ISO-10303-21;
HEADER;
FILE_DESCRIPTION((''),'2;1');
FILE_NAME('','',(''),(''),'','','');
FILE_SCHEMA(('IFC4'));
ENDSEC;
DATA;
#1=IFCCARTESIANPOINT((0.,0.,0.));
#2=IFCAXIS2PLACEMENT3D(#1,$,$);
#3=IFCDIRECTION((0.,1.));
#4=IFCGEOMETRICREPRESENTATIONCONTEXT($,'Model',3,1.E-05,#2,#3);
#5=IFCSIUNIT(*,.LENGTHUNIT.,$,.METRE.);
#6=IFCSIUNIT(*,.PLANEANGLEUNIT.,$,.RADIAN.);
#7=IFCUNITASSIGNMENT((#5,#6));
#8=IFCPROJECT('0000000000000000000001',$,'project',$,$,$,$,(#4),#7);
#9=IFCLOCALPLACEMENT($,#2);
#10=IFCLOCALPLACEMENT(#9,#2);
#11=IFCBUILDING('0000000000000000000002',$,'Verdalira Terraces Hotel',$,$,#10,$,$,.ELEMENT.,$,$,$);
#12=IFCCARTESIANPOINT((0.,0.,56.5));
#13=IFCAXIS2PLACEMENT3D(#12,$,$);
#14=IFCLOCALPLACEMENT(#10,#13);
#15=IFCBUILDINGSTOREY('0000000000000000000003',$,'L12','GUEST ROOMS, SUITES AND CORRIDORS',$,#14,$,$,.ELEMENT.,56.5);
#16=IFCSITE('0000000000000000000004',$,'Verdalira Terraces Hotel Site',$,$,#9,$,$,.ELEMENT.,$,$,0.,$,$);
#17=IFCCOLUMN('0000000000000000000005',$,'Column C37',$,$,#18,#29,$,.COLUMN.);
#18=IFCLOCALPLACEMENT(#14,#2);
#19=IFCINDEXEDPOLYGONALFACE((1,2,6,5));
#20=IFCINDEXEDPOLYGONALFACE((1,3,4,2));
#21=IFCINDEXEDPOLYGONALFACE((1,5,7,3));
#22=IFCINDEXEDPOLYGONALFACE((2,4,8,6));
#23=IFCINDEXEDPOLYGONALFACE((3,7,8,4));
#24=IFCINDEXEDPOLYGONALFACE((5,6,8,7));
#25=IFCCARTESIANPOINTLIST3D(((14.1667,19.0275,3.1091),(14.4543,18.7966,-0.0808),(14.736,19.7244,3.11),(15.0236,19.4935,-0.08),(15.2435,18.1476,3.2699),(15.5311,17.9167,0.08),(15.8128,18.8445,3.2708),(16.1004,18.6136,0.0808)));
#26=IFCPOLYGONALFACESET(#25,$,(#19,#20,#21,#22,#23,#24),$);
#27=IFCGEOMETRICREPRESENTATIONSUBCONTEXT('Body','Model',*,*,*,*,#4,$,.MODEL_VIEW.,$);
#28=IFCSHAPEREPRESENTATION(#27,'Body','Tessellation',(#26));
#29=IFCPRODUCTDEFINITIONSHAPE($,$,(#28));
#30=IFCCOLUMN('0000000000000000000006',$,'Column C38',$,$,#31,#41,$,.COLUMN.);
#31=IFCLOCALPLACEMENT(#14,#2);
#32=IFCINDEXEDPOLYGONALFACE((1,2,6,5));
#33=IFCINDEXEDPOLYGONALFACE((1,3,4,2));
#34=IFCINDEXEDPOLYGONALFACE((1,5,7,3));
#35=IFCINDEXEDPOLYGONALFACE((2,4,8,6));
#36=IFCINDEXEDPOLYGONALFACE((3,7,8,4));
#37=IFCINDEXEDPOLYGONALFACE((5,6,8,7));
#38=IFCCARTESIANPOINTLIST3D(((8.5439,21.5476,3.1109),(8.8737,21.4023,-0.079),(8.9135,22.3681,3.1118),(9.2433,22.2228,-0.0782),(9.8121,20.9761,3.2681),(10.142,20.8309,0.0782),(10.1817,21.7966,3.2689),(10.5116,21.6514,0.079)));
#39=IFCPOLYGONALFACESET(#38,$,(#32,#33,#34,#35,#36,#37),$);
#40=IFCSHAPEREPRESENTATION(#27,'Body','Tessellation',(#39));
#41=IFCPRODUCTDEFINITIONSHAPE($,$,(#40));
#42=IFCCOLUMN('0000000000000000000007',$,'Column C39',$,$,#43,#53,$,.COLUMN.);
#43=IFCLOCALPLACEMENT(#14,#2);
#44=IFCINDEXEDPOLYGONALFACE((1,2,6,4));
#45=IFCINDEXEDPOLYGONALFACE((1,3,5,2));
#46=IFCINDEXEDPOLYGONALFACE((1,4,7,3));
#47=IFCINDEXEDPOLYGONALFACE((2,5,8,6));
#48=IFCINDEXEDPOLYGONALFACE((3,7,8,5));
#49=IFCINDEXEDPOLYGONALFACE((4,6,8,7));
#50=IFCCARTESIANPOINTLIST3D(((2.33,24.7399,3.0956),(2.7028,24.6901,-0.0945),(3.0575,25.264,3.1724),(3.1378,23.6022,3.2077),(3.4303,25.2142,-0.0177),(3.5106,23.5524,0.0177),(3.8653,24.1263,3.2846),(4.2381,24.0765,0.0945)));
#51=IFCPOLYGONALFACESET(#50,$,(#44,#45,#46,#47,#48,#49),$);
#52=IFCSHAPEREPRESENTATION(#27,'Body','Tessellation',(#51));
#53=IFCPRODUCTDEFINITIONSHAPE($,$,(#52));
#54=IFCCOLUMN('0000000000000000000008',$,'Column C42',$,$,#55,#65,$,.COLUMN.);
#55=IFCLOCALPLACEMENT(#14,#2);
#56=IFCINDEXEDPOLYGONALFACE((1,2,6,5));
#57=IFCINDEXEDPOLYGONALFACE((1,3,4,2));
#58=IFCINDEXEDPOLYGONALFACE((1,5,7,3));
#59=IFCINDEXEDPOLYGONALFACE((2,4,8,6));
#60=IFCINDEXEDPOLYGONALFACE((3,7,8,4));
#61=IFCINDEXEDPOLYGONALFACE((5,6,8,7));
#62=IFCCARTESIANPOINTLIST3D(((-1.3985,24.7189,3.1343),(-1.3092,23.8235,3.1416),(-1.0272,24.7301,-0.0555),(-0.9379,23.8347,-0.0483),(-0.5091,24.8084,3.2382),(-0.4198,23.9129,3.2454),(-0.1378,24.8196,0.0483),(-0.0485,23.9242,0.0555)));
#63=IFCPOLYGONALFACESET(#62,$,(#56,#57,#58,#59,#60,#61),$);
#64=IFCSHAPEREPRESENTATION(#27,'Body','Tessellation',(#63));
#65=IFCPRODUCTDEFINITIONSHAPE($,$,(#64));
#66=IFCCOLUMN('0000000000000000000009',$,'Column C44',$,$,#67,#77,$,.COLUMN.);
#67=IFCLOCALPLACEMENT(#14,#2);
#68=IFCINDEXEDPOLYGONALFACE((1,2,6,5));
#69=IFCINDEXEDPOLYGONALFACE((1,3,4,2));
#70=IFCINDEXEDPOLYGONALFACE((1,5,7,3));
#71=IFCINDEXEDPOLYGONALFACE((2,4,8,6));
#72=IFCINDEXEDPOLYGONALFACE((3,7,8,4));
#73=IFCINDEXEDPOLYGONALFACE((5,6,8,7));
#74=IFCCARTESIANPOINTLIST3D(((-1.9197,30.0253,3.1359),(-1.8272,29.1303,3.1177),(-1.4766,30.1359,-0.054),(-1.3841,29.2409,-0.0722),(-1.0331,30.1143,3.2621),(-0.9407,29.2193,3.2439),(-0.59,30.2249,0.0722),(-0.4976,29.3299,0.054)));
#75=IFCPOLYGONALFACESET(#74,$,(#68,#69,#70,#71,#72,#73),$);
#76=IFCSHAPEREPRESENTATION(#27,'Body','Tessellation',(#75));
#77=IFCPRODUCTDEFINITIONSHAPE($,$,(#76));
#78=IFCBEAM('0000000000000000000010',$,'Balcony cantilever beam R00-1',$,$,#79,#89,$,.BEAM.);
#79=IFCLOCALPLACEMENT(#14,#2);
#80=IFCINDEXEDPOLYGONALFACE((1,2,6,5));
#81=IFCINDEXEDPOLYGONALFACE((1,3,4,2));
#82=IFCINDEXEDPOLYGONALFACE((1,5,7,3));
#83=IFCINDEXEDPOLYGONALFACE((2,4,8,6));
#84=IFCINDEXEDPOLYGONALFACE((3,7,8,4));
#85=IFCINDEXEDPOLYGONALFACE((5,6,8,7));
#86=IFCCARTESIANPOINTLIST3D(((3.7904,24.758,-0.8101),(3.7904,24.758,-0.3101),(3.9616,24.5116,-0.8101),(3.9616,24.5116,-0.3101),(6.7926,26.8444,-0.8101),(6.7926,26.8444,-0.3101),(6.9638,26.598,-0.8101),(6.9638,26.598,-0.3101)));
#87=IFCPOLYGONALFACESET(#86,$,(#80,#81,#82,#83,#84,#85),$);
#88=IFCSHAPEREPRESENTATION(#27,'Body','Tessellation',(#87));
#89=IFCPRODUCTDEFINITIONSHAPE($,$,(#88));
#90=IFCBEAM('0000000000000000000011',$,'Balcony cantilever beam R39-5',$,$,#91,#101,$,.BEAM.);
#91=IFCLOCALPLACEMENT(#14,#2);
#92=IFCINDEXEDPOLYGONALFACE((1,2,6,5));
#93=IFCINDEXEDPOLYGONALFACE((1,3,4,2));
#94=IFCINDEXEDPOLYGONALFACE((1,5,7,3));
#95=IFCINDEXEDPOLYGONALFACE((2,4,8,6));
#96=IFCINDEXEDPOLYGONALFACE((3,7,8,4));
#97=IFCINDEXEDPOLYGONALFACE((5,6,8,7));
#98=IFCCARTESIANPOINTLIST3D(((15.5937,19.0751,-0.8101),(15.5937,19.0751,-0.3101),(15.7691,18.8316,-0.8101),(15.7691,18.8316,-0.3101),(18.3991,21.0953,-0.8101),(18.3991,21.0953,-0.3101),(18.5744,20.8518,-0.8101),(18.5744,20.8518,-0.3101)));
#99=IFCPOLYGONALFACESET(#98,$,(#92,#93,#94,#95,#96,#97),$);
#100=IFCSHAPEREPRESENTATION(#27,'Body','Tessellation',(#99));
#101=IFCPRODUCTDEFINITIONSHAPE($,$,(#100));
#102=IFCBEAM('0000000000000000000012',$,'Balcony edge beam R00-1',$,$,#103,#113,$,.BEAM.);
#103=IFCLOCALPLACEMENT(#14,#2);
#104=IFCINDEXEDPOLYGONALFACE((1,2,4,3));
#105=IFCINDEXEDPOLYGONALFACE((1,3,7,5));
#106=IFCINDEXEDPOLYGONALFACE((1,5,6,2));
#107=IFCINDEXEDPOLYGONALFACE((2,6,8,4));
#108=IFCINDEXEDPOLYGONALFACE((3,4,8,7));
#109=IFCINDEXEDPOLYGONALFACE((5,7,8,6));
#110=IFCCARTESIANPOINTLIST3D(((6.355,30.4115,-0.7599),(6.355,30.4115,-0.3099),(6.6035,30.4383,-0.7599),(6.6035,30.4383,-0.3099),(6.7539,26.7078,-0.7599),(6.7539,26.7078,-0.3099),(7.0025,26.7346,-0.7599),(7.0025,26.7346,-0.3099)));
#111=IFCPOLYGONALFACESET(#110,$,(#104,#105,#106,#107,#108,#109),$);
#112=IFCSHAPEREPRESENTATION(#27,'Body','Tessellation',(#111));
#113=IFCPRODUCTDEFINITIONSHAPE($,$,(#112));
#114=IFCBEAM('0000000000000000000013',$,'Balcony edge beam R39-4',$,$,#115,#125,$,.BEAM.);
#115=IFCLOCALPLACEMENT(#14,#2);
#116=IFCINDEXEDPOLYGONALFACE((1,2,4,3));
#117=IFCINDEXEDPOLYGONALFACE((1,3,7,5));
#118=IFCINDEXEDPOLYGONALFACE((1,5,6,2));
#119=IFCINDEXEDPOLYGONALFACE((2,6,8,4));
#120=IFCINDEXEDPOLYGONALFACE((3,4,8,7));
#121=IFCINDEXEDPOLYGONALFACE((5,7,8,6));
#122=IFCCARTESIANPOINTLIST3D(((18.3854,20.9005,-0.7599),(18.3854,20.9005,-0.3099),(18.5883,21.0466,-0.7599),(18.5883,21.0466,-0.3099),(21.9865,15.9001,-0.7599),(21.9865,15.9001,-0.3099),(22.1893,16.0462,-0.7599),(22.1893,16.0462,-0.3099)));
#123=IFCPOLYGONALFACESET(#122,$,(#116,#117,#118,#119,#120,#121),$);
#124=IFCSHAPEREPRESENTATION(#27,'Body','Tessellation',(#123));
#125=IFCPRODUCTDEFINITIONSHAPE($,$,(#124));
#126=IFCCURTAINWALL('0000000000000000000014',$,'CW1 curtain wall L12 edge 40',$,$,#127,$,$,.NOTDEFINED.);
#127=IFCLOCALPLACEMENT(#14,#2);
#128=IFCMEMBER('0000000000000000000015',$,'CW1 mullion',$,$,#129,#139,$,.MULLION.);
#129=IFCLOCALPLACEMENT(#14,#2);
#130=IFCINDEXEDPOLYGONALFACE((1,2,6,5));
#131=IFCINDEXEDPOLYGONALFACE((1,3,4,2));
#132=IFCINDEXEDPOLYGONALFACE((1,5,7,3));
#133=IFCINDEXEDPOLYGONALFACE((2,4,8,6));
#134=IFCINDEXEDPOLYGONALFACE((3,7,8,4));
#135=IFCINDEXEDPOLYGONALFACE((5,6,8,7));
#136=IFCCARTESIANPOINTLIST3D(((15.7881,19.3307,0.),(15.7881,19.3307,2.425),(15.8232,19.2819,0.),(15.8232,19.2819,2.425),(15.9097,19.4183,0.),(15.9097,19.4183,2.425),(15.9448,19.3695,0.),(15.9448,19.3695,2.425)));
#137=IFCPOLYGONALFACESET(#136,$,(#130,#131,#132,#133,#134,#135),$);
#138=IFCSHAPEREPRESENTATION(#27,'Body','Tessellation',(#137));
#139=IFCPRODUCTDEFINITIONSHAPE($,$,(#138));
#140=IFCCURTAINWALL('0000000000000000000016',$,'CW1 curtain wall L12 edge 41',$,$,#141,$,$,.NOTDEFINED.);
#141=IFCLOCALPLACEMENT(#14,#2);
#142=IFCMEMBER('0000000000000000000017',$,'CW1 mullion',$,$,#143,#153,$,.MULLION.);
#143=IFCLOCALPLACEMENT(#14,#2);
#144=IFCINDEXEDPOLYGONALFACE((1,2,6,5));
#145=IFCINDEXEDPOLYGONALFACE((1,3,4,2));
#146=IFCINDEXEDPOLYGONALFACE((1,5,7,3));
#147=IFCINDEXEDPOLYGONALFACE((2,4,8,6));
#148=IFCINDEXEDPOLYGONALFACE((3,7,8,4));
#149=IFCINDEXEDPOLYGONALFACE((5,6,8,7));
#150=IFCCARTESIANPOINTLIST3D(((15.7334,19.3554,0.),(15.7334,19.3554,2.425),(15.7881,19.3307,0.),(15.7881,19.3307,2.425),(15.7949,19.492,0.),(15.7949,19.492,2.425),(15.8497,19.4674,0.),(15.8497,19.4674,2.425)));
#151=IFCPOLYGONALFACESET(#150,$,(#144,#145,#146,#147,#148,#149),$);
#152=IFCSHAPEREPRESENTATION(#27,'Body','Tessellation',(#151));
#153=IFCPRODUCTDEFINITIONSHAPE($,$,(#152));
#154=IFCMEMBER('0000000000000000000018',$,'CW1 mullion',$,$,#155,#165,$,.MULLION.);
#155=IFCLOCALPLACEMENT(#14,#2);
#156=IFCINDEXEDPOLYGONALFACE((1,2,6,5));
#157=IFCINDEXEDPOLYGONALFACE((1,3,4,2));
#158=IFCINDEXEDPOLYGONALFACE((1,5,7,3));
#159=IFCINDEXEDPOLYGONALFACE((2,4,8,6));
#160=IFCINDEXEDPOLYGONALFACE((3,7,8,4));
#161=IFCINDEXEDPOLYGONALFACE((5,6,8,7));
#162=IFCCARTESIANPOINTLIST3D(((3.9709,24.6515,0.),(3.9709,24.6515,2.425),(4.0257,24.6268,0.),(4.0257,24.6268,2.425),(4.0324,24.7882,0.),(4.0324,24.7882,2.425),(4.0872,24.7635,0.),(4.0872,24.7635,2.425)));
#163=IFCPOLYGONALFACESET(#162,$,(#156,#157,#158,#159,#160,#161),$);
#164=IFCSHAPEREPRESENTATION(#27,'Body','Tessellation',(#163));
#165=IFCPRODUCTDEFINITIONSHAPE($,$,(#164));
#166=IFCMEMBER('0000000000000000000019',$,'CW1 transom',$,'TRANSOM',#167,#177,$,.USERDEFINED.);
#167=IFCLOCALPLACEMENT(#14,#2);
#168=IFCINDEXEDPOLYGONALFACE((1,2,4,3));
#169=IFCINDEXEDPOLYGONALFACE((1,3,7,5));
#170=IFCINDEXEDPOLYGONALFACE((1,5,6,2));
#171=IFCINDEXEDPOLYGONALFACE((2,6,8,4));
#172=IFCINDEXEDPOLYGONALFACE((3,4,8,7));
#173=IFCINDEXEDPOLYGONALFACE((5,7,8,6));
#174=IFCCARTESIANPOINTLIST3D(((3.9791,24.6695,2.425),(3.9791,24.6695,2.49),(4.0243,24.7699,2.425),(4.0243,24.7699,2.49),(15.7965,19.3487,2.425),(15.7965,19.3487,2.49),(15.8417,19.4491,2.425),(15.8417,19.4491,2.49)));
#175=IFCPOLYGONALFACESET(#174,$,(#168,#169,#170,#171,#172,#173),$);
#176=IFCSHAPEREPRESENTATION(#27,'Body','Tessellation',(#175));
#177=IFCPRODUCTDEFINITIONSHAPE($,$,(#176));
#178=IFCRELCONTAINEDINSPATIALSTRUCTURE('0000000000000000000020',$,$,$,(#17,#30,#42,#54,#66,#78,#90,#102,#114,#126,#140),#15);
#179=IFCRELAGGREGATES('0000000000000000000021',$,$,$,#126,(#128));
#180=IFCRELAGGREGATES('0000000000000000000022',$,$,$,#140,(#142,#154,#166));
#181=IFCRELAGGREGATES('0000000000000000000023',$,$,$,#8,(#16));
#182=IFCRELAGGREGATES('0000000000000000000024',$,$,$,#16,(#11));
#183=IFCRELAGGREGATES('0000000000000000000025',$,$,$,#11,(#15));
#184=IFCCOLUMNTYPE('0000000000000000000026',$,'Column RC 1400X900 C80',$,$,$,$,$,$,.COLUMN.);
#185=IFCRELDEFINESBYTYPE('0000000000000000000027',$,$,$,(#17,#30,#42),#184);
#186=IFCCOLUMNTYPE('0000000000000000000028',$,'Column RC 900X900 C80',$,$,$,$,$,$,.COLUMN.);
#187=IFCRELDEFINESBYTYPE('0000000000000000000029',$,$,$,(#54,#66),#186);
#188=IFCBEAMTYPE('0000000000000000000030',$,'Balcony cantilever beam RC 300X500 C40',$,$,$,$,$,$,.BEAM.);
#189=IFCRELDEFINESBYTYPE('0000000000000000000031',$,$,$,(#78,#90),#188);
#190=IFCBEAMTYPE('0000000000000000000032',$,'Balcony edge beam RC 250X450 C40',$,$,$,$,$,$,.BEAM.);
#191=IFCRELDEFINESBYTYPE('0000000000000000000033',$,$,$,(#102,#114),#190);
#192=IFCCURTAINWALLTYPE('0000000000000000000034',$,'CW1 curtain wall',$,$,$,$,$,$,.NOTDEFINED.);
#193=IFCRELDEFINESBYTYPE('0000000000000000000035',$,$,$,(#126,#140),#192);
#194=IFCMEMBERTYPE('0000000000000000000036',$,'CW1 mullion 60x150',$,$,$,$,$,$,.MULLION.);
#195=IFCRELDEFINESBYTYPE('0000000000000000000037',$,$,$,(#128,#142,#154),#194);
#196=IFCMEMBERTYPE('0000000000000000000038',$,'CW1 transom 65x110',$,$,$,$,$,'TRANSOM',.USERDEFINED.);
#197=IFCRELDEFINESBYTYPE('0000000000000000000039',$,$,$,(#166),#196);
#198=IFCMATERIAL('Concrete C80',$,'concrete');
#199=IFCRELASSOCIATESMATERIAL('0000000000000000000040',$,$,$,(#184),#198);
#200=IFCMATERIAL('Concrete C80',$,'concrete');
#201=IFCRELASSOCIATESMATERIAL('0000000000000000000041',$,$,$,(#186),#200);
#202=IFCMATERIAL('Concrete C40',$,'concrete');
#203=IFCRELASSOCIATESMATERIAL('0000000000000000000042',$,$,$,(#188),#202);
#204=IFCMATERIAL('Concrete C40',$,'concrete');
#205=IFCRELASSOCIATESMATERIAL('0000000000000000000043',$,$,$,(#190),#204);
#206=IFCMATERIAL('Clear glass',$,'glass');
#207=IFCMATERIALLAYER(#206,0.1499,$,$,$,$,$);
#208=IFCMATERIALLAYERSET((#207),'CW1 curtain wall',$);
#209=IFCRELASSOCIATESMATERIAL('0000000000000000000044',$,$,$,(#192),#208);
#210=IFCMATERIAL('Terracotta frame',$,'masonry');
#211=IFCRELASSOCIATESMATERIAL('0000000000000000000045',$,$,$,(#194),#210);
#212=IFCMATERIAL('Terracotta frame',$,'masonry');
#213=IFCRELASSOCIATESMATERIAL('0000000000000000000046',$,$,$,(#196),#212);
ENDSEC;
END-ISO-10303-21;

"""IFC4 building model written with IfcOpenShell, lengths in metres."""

from ifc_helpers import new_model, si_unit, direction, frame, origin, origin_2d, place, context, subcontext, project, spatial, rectangle, extrude, material, layer, layer_set, material_profile, profile_set, type_object, element, aggregate, save


model = new_model("IFC4")

# Units and contexts
model_context = context("Model", 3, precision=1e-05, world=origin(), true_north=direction((0.0, 1.0)))
body_context = subcontext(model_context, "Body", "Model", "MODEL_VIEW")
ifc_project = project(units=[si_unit("LENGTHUNIT", "METRE"), si_unit("PLANEANGLEUNIT", "RADIAN")], contexts=[model_context])

# Site, building, storey
site_placement = place(None, origin())
site = spatial("IfcSite", under=ifc_project, at=site_placement, Name="Verdalira Terraces Hotel Site", CompositionType="ELEMENT", RefElevation=0.0)
building_placement = place(site_placement, origin())
building = spatial("IfcBuilding", under=site, at=building_placement, Name="Verdalira Terraces Hotel", CompositionType="ELEMENT")
storey_placement = place(building_placement, frame((0.0, 0.0, 56.5)))
storey = spatial("IfcBuildingStorey", under=building, at=storey_placement, Name="L12", Description="GUEST ROOMS, SUITES AND CORRIDORS", CompositionType="ELEMENT", Elevation=56.5)

# Columns
ifc_material_1 = material(Name="Concrete C80", Category="concrete")
ifc_material_profile_1 = material_profile(ifc_material_1, rectangle(XDim=1.3999, YDim=0.8999, at=origin_2d()), Name="RC 1400X900")
ifc_profile_set_1 = profile_set([ifc_material_profile_1], Name="Concrete C80")
column_type_1 = type_object("IfcColumnType", Name="Column RC 1400X900 C80", PredefinedType="COLUMN", material=ifc_profile_set_1)
column_1_placement = place(storey_placement, frame((15.2773, 18.7051, 0.0), z_axis=(-0.089561, 0.071922, 0.993381), x_axis=(0.769236, -0.628556, 0.114861)))
element("IfcColumn", 1, at=column_1_placement, inside=storey, type_object=column_type_1, Name="Column C37", PredefinedType="COLUMN", context=body_context, shape_type="SweptSolid", body=[
    extrude(rectangle(XDim=1.3999, YDim=0.8999, at=origin_2d()), origin(), (0.0, 0.0, 1.0), 3.2112),
])
column_2_placement = place(storey_placement, frame((9.6926, 21.5269, 0.0), z_axis=(-0.102744, 0.04525, 0.993678), x_axis=(-0.905959, 0.40821, -0.112264)))
element("IfcColumn", 2, at=column_2_placement, inside=storey, type_object=column_type_1, Name="Column C38", PredefinedType="COLUMN", context=body_context, shape_type="SweptSolid", body=[
    extrude(rectangle(XDim=1.3999, YDim=0.8999, at=origin_2d()), origin(), (0.0, 0.0, 1.0), 3.2102),
])
column_3_placement = place(storey_placement, frame((3.4705, 24.3833, 0.0), z_axis=(-0.116064, 0.015506, 0.993121), x_axis=(0.577081, -0.812746, 0.080132)))
element("IfcColumn", 3, at=column_3_placement, inside=storey, type_object=column_type_1, Name="Column C39", PredefinedType="COLUMN", context=body_context, shape_type="SweptSolid", body=[
    extrude(rectangle(XDim=1.3999, YDim=0.8999, at=origin_2d()), origin(), (0.0, 0.0, 1.0), 3.2122),
])
ifc_material_2 = material(Name="Concrete C80", Category="concrete")
ifc_material_profile_2 = material_profile(ifc_material_2, rectangle(XDim=0.8999, YDim=0.8999, at=origin_2d()), Name="RC 900X900")
ifc_profile_set_2 = profile_set([ifc_material_profile_2], Name="Concrete C80")
column_type_2 = type_object("IfcColumnType", Name="Column RC 900X900 C80", PredefinedType="COLUMN", material=ifc_profile_set_2)
column_4_placement = place(storey_placement, frame((-0.5378, 24.3271, 0.0), z_axis=(-0.115627, -0.003497, 0.993286), x_axis=(-0.099183, 0.995037, -0.008043)))
element("IfcColumn", 4, at=column_4_placement, inside=storey, type_object=column_type_2, Name="Column C42", PredefinedType="COLUMN", context=body_context, shape_type="SweptSolid", body=[
    extrude(rectangle(XDim=0.8999, YDim=0.8999, at=origin_2d()), origin(), (0.0, 0.0, 1.0), 3.2114),
])
column_5_placement = place(storey_placement, frame((-0.9871, 29.7329, 0.0), z_axis=(-0.137508, -0.03432, 0.989906), x_axis=(-0.10273, 0.994504, 0.020209)))
element("IfcColumn", 5, at=column_5_placement, inside=storey, type_object=column_type_2, Name="Column C44", PredefinedType="COLUMN", context=body_context, shape_type="SweptSolid", body=[
    extrude(rectangle(XDim=0.8999, YDim=0.8999, at=origin_2d()), origin(), (0.0, 0.0, 1.0), 3.2224),
])

# Beams
ifc_material_3 = material(Name="Concrete C40", Category="concrete")
ifc_material_profile_3 = material_profile(ifc_material_3, rectangle(XDim=0.3, YDim=0.5, at=origin_2d()), Name="RC 300X500")
ifc_profile_set_3 = profile_set([ifc_material_profile_3], Name="Concrete C40")
beam_type_1 = type_object("IfcBeamType", Name="Balcony cantilever beam RC 300X500 C40", PredefinedType="BEAM", material=ifc_profile_set_3)
beam_1_placement = place(storey_placement, frame((3.876, 24.6348, -0.5601), z_axis=(0.821169, 0.570685, 0.0), x_axis=(-0.570685, 0.821169, 0.0)))
element("IfcBeam", 6, at=beam_1_placement, inside=storey, type_object=beam_type_1, Name="Balcony cantilever beam R00-1", PredefinedType="BEAM", context=body_context, shape_type="SweptSolid", body=[
    extrude(rectangle(XDim=0.3, YDim=0.5, at=origin_2d()), origin(), (0.0, 0.0, 1.0), 3.656),
])
beam_2_placement = place(storey_placement, frame((15.6814, 18.9534, -0.5601), z_axis=(0.811485, 0.584374, 0.0), x_axis=(-0.584374, 0.811485, 0.0)))
element("IfcBeam", 7, at=beam_2_placement, inside=storey, type_object=beam_type_1, Name="Balcony cantilever beam R39-5", PredefinedType="BEAM", context=body_context, shape_type="SweptSolid", body=[
    extrude(rectangle(XDim=0.3, YDim=0.5, at=origin_2d()), origin(), (0.0, 0.0, 1.0), 3.457),
])
ifc_material_4 = material(Name="Concrete C40", Category="concrete")
ifc_material_profile_4 = material_profile(ifc_material_4, rectangle(XDim=0.25, YDim=0.45, at=origin_2d()), Name="RC 250X450")
ifc_profile_set_4 = profile_set([ifc_material_profile_4], Name="Concrete C40")
beam_type_2 = type_object("IfcBeamType", Name="Balcony edge beam RC 250X450 C40", PredefinedType="BEAM", material=ifc_profile_set_4)
beam_3_placement = place(storey_placement, frame((6.8782, 26.7212, -0.5349), z_axis=(-0.107093, 0.994249, 0.0), x_axis=(-0.994249, -0.107093, 0.0)))
element("IfcBeam", 8, at=beam_3_placement, inside=storey, type_object=beam_type_2, Name="Balcony edge beam R00-1", PredefinedType="BEAM", context=body_context, shape_type="SweptSolid", body=[
    extrude(rectangle(XDim=0.25, YDim=0.45, at=origin_2d()), origin(), (0.0, 0.0, 1.0), 3.7251),
])
beam_4_placement = place(storey_placement, frame((22.0879, 15.9731, -0.5349), z_axis=(-0.584382, 0.811479, 0.0), x_axis=(-0.811479, -0.584382, 0.0)))
element("IfcBeam", 9, at=beam_4_placement, inside=storey, type_object=beam_type_2, Name="Balcony edge beam R39-4", PredefinedType="BEAM", context=body_context, shape_type="SweptSolid", body=[
    extrude(rectangle(XDim=0.25, YDim=0.45, at=origin_2d()), origin(), (0.0, 0.0, 1.0), 6.1621),
])

# Curtain wall, member
ifc_material_5 = material(Name="Clear glass", Category="glass")
ifc_layer_1 = layer(ifc_material_5, 0.1499)
ifc_layer_set_1 = layer_set([ifc_layer_1], Name="CW1 curtain wall")
curtain_wall_type_1 = type_object("IfcCurtainWallType", Name="CW1 curtain wall", PredefinedType="NOTDEFINED", material=ifc_layer_set_1)
curtain_wall_1_placement = place(storey_placement, origin())
curtain_wall_1 = element("IfcCurtainWall", 10, at=curtain_wall_1_placement, inside=storey, type_object=curtain_wall_type_1, Name="CW1 curtain wall L12 edge 40", PredefinedType="NOTDEFINED")
ifc_material_6 = material(Name="Terracotta frame", Category="masonry")
ifc_material_profile_5 = material_profile(ifc_material_6, rectangle(XDim=0.0601, YDim=0.1499, at=origin_2d()), Name="MU 60x150")
ifc_profile_set_5 = profile_set([ifc_material_profile_5], Name="Terracotta frame")
member_type_1 = type_object("IfcMemberType", Name="CW1 mullion 60x150", PredefinedType="MULLION", material=ifc_profile_set_5)
member_1_placement = place(storey_placement, frame((15.8665, 19.3501, 0.0), z_axis=(0.0, 0.0, 1.0), x_axis=(-0.584391, 0.811472, 0.0)))
member_1 = element("IfcMember", 11, at=member_1_placement, type_object=member_type_1, Name="CW1 mullion", PredefinedType="MULLION", context=body_context, shape_type="SweptSolid", body=[
    extrude(rectangle(XDim=0.0601, YDim=0.1499, at=origin_2d()), origin(), (0.0, 0.0, 1.0), 2.425),
])
aggregate(curtain_wall_1, [member_1])

# Curtain wall, members
curtain_wall_2_placement = place(storey_placement, origin())
curtain_wall_2 = element("IfcCurtainWall", 12, at=curtain_wall_2_placement, inside=storey, type_object=curtain_wall_type_1, Name="CW1 curtain wall L12 edge 41", PredefinedType="NOTDEFINED")
member_2_placement = place(storey_placement, frame((15.7915, 19.4114, 0.0), z_axis=(0.0, 0.0, 1.0), x_axis=(-0.911834, 0.41056, 0.0)))
member_2 = element("IfcMember", 13, at=member_2_placement, type_object=member_type_1, Name="CW1 mullion", PredefinedType="MULLION", context=body_context, shape_type="SweptSolid", body=[
    extrude(rectangle(XDim=0.0601, YDim=0.1499, at=origin_2d()), origin(), (0.0, 0.0, 1.0), 2.425),
])
member_3_placement = place(storey_placement, frame((4.0291, 24.7075, 0.0), z_axis=(0.0, 0.0, 1.0), x_axis=(-0.911834, 0.41056, 0.0)))
member_3 = element("IfcMember", 14, at=member_3_placement, type_object=member_type_1, Name="CW1 mullion", PredefinedType="MULLION", context=body_context, shape_type="SweptSolid", body=[
    extrude(rectangle(XDim=0.0601, YDim=0.1499, at=origin_2d()), origin(), (0.0, 0.0, 1.0), 2.425),
])
ifc_material_7 = material(Name="Terracotta frame", Category="masonry")
ifc_material_profile_6 = material_profile(ifc_material_7, rectangle(XDim=0.1101, YDim=0.0649, at=origin_2d()), Name="TR 65x110")
ifc_profile_set_6 = profile_set([ifc_material_profile_6], Name="Terracotta frame")
member_type_2 = type_object("IfcMemberType", Name="CW1 transom 65x110", ElementType="TRANSOM", PredefinedType="USERDEFINED", material=ifc_profile_set_6)
member_4_placement = place(storey_placement, frame((15.8191, 19.3989, 2.4575), z_axis=(-0.911835, 0.410556, 0.0), x_axis=(-0.410556, -0.911835, 0.0)))
member_4 = element("IfcMember", 15, at=member_4_placement, type_object=member_type_2, Name="CW1 transom", ObjectType="TRANSOM", PredefinedType="USERDEFINED", context=body_context, shape_type="SweptSolid", body=[
    extrude(rectangle(XDim=0.1101, YDim=0.0649, at=origin_2d()), origin(), (0.0, 0.0, 1.0), 12.96),
])

aggregate(curtain_wall_2, [member_2, member_3, member_4])

save(model, "model.ifc")
